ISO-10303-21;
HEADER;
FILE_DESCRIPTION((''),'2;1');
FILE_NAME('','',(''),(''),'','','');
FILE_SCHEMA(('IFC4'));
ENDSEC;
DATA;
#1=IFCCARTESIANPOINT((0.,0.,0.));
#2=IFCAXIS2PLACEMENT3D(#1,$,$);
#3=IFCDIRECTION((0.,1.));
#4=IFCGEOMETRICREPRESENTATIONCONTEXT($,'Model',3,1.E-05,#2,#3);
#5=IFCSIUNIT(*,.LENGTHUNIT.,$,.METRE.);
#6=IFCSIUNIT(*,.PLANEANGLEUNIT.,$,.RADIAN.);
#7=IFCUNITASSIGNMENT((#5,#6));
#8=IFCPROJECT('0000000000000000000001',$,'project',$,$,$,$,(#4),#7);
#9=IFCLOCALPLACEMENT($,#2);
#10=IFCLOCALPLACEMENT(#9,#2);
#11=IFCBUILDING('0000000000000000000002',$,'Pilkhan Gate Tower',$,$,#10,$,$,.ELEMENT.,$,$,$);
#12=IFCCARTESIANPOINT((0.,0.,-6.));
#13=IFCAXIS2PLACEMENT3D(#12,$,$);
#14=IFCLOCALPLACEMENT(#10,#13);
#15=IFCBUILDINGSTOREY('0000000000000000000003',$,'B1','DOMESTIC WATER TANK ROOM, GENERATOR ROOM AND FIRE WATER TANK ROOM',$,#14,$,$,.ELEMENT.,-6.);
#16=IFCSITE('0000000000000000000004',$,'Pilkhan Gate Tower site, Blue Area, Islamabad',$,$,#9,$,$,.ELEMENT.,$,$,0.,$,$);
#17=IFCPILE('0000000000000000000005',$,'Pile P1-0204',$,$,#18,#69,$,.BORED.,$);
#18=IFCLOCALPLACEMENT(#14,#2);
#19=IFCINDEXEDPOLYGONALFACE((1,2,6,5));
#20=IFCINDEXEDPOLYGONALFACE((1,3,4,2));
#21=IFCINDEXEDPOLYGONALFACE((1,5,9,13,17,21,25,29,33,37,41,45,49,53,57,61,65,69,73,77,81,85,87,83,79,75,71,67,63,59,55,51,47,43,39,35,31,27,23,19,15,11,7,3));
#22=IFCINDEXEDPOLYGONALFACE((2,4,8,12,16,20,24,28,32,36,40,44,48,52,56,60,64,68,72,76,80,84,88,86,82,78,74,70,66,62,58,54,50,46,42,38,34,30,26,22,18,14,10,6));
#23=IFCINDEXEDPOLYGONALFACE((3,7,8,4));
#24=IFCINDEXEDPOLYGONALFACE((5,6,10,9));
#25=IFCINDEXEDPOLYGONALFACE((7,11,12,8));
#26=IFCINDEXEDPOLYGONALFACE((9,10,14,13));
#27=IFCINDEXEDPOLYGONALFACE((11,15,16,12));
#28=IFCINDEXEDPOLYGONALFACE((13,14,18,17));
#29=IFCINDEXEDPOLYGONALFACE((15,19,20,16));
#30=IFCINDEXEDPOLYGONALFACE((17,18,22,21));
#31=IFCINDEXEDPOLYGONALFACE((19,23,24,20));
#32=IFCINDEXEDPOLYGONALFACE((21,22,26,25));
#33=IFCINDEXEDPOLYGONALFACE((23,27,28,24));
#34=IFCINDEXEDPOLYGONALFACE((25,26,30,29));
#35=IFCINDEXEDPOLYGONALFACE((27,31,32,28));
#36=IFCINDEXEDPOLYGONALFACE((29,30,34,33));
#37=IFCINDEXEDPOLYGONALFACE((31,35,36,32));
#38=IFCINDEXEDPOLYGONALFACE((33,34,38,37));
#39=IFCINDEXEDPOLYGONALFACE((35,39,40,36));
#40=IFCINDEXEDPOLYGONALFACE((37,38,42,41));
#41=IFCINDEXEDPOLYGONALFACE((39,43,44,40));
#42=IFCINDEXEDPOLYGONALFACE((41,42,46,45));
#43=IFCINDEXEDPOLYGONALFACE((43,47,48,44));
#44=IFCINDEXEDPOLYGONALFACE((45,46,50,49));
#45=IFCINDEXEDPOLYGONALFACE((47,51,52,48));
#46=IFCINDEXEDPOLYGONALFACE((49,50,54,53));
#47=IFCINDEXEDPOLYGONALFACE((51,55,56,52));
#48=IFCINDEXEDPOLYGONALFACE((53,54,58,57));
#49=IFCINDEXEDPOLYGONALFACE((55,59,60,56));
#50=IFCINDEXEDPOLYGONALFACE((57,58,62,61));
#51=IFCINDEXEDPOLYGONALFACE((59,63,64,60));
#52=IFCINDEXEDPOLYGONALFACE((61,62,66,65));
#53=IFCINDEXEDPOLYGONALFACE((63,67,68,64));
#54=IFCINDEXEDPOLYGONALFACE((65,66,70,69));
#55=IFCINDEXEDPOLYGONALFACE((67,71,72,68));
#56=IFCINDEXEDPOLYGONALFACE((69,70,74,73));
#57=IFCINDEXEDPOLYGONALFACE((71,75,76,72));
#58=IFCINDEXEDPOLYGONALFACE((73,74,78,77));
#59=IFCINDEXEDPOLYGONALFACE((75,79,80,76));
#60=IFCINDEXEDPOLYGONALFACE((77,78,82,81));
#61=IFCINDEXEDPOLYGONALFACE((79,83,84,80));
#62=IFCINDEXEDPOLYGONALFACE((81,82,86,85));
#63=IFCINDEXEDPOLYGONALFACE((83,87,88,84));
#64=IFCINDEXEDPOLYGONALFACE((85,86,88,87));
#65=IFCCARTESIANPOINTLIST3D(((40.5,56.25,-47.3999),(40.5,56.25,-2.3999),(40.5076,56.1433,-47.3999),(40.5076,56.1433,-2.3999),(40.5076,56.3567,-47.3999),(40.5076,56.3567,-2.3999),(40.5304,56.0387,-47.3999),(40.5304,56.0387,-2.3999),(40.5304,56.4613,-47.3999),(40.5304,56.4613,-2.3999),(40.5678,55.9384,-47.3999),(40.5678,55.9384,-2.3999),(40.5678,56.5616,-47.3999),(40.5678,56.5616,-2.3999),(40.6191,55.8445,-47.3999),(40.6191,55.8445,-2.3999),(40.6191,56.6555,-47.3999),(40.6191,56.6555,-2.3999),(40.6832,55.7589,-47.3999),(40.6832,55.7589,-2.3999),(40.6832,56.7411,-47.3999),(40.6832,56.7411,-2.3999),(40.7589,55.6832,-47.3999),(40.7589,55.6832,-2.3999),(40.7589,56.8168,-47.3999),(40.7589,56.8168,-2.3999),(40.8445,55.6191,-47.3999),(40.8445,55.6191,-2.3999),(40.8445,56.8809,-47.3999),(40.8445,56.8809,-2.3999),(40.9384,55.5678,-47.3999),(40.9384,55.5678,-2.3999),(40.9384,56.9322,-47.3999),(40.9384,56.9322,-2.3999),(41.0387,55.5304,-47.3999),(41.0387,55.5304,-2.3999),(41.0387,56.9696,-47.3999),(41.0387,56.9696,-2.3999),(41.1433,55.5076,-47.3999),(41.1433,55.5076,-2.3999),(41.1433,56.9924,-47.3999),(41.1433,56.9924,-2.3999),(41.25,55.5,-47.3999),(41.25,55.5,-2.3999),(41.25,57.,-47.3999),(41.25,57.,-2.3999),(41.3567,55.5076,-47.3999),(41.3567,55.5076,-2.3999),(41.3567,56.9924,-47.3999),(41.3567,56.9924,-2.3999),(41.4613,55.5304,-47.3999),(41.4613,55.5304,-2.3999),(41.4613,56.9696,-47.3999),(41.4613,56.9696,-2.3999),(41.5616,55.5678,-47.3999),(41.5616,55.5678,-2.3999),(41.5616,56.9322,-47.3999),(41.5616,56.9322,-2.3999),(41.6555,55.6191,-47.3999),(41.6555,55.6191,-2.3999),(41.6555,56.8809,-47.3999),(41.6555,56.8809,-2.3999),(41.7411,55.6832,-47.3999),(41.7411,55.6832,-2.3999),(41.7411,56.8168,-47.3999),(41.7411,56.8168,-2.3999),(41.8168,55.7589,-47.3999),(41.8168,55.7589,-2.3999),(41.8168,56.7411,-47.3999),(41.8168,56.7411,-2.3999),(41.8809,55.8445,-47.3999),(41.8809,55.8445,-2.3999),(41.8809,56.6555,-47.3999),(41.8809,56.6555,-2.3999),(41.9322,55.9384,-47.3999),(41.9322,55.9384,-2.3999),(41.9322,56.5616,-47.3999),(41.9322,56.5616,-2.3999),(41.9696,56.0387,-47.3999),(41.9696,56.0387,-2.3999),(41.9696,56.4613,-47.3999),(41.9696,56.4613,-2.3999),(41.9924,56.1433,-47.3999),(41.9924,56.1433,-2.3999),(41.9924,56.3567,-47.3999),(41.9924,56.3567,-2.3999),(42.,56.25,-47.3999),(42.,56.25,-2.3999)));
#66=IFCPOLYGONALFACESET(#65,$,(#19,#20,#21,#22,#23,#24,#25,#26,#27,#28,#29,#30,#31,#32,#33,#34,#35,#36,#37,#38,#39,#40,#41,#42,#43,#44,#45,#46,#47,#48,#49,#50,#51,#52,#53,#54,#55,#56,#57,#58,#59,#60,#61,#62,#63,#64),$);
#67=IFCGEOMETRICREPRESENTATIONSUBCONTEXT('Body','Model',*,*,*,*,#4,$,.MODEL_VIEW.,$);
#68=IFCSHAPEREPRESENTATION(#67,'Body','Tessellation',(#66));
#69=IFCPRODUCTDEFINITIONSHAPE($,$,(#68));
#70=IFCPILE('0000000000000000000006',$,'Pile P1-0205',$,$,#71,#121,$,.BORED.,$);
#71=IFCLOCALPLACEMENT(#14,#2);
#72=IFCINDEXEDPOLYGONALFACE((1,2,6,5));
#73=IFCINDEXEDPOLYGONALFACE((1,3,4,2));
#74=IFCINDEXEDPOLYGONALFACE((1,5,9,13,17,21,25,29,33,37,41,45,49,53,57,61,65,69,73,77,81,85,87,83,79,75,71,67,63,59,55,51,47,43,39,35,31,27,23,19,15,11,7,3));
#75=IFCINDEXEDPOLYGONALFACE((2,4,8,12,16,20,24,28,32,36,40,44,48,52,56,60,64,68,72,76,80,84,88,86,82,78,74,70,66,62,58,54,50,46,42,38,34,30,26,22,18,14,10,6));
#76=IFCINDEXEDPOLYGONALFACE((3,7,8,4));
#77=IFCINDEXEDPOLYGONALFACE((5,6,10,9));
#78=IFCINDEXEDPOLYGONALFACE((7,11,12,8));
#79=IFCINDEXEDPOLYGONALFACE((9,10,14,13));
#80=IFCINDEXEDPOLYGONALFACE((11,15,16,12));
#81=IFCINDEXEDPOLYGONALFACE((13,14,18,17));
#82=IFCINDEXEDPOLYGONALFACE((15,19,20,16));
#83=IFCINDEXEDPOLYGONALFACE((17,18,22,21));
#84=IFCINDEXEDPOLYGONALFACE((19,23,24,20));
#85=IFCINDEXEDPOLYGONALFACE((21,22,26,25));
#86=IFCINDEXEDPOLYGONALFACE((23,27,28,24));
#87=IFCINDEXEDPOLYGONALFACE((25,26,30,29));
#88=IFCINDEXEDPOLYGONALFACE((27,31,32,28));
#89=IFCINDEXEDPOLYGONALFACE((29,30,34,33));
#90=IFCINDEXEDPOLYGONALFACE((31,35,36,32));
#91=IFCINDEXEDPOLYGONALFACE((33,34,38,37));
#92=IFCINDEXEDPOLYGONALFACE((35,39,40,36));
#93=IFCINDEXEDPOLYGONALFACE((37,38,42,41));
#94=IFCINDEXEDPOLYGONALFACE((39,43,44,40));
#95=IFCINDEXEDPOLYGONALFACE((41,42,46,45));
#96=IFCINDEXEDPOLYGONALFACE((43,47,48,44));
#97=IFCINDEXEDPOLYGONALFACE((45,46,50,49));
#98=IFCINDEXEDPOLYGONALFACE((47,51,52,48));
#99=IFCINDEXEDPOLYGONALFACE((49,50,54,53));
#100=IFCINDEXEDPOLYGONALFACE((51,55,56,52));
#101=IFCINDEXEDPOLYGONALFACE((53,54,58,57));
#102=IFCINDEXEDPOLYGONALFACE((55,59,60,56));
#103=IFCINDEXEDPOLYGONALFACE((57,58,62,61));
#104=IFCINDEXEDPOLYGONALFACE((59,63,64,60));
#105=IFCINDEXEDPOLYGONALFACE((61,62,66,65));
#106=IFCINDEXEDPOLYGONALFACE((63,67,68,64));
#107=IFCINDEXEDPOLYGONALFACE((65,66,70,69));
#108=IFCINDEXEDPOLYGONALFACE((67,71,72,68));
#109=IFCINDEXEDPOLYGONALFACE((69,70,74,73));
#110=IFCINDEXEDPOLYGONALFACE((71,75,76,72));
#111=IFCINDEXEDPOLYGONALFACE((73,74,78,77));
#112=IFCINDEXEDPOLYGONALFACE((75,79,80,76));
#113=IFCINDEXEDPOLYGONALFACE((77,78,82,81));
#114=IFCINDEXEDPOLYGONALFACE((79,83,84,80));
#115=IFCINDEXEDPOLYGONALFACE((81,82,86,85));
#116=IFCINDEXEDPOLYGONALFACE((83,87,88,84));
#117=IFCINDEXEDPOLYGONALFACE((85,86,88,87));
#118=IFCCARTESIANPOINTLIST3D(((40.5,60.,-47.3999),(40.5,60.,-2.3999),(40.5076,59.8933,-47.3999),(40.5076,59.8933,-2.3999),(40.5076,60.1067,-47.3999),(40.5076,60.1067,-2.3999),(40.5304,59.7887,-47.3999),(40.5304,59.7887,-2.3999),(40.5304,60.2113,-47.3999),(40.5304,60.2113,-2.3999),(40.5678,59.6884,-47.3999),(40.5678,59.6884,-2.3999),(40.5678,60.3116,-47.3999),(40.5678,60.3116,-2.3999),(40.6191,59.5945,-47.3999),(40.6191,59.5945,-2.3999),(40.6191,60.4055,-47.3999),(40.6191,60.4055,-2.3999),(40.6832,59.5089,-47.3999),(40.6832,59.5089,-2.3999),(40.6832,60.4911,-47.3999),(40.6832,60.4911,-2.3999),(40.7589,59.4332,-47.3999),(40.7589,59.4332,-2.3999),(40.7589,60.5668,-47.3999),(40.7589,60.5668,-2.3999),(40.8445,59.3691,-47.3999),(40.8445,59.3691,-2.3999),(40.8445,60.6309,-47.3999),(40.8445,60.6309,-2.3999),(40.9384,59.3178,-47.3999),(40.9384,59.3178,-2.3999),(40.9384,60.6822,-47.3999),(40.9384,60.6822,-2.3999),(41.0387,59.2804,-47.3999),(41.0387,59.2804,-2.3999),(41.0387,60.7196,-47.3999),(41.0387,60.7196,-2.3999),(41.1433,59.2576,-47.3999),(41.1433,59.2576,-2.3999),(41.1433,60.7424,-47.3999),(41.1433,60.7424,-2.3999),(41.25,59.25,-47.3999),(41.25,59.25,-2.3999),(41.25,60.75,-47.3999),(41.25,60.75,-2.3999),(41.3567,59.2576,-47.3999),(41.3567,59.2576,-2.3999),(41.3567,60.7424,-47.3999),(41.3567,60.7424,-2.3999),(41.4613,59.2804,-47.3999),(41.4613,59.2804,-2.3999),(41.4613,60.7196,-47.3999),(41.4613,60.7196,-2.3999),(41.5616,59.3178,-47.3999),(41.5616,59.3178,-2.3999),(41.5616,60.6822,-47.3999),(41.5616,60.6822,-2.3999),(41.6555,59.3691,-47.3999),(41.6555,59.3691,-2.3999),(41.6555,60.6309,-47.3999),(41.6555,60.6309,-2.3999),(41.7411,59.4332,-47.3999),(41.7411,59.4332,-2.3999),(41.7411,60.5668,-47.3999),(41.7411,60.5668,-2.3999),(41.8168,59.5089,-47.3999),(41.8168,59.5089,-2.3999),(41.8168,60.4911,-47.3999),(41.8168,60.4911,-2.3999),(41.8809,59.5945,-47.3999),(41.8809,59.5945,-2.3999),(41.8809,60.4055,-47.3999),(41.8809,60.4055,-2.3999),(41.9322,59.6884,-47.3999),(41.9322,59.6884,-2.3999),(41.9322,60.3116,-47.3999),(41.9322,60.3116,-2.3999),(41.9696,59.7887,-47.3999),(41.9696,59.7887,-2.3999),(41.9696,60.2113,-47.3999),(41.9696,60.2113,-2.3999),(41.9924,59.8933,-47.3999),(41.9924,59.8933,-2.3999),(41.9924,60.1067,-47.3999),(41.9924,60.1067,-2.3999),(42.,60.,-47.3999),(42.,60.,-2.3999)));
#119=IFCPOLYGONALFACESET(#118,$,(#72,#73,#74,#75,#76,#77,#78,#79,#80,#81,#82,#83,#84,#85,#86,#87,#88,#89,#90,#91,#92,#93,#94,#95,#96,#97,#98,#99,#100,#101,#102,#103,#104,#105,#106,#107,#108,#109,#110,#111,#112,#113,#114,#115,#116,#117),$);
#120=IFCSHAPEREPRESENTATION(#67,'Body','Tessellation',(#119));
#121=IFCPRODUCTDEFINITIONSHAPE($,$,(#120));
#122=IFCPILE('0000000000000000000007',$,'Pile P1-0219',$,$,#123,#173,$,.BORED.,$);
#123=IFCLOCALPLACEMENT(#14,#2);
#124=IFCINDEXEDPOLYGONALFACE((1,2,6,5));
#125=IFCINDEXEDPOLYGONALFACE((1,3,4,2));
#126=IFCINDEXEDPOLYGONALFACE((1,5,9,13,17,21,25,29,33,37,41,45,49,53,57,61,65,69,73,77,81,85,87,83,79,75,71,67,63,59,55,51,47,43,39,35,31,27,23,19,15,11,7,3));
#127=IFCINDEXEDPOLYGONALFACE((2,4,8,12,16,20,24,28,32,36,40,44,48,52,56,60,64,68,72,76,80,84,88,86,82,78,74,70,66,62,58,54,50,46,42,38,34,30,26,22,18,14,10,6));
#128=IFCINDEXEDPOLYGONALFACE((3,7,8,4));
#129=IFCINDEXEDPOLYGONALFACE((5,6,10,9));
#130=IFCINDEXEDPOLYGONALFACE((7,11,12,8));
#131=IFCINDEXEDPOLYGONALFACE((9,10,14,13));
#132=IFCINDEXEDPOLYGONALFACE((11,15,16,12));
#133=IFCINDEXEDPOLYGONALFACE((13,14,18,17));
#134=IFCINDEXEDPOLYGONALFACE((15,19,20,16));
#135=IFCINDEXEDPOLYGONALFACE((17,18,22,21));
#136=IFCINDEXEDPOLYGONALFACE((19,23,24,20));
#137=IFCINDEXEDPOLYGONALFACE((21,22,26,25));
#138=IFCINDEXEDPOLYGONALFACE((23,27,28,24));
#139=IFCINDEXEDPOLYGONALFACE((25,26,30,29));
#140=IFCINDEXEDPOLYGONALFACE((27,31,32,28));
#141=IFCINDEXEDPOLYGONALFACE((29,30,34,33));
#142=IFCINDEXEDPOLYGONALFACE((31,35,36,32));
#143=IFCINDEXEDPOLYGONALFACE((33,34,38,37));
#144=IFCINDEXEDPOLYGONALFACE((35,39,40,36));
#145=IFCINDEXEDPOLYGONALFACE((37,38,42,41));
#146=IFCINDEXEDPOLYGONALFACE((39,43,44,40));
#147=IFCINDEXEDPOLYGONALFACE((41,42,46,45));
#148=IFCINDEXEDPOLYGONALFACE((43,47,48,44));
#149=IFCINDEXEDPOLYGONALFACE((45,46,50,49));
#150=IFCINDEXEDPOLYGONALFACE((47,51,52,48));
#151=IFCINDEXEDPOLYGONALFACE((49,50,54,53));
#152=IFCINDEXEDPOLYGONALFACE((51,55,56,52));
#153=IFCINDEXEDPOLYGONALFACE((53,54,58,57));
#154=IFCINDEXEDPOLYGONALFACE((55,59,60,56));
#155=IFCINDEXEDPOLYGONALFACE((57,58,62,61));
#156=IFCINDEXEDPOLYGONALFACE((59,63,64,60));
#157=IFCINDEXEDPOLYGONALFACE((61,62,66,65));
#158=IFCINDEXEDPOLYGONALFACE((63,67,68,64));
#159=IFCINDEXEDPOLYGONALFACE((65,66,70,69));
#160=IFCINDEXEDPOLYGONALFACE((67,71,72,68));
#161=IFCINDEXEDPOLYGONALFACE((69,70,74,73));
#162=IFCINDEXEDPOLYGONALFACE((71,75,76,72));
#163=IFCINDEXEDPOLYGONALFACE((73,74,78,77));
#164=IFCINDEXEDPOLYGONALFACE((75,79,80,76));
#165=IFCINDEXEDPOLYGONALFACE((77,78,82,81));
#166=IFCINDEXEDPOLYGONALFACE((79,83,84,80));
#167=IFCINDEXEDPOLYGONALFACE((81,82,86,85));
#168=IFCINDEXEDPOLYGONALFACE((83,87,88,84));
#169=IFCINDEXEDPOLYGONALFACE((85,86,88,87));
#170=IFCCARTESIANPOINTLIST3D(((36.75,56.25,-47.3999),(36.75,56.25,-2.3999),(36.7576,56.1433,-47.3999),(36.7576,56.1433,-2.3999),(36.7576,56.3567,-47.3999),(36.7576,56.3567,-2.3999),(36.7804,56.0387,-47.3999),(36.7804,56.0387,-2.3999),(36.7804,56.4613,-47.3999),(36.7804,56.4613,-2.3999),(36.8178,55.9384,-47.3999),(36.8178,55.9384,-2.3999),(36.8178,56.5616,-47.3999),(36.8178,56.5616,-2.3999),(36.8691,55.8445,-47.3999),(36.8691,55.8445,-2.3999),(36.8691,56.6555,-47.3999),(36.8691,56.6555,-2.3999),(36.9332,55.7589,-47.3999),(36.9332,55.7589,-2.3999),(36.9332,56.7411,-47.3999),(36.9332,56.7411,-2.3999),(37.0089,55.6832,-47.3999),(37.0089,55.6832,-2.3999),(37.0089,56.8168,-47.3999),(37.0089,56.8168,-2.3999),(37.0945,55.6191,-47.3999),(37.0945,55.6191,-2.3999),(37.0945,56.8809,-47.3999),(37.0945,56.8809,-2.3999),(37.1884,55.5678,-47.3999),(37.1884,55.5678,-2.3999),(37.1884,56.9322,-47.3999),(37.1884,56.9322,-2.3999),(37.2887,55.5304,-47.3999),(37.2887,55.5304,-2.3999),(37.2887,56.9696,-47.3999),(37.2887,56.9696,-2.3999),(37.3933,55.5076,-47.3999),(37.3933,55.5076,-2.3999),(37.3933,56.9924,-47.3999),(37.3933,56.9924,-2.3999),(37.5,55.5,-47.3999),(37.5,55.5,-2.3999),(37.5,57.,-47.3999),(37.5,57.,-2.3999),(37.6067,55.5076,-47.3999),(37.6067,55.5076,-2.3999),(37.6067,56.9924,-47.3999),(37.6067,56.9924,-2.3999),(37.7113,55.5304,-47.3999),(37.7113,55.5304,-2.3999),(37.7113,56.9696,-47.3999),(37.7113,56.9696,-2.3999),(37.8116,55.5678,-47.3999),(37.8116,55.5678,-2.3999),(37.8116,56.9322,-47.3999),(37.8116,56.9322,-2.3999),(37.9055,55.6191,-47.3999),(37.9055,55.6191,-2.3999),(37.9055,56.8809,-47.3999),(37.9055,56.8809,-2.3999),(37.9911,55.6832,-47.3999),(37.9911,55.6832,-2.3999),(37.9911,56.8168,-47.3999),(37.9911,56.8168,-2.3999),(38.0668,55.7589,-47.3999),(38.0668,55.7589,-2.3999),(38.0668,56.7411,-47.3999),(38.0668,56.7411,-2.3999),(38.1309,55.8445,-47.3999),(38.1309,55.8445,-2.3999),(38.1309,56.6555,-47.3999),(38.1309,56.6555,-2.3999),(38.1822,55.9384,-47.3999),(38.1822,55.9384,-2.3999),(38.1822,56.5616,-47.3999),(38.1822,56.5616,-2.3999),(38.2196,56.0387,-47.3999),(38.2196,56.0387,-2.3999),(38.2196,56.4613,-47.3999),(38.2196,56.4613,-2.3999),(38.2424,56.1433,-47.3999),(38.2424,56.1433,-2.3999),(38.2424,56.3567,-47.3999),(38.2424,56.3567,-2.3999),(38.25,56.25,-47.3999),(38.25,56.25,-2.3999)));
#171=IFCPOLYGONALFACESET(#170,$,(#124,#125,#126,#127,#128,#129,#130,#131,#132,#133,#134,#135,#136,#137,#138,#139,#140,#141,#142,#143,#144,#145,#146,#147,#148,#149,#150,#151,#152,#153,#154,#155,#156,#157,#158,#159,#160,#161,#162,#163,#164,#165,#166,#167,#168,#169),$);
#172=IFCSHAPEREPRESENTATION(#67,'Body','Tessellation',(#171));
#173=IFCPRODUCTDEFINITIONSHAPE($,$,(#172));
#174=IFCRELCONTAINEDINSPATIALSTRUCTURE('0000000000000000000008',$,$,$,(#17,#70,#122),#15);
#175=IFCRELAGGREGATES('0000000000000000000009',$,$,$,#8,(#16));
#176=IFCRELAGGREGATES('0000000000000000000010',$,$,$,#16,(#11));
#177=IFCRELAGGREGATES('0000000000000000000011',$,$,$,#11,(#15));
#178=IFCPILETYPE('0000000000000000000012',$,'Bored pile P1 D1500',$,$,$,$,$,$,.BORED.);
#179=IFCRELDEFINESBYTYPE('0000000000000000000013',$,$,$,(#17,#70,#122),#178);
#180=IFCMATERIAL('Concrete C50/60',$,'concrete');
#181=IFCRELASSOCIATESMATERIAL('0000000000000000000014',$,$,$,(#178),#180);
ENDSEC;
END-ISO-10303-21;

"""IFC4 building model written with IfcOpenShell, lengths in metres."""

from ifc_helpers import new_model, si_unit, direction, frame, origin, origin_2d, place, context, subcontext, project, spatial, circle, extrude, material, material_profile, profile_set, type_object, element, save


model = new_model("IFC4")

# Units and contexts
model_context = context("Model", 3, precision=1e-05, world=origin(), true_north=direction((0.0, 1.0)))
body_context = subcontext(model_context, "Body", "Model", "MODEL_VIEW")
ifc_project = project(units=[si_unit("LENGTHUNIT", "METRE"), si_unit("PLANEANGLEUNIT", "RADIAN")], contexts=[model_context])

# Site, building, storey
site_placement = place(None, origin())
site = spatial("IfcSite", under=ifc_project, at=site_placement, Name="Pilkhan Gate Tower site, Blue Area, Islamabad", CompositionType="ELEMENT", RefElevation=0.0)
building_placement = place(site_placement, origin())
building = spatial("IfcBuilding", under=site, at=building_placement, Name="Pilkhan Gate Tower", CompositionType="ELEMENT")
storey_placement = place(building_placement, frame((0.0, 0.0, -6.0)))
storey = spatial("IfcBuildingStorey", under=building, at=storey_placement, Name="B1", Description="DOMESTIC WATER TANK ROOM, GENERATOR ROOM AND FIRE WATER TANK ROOM", CompositionType="ELEMENT", Elevation=-6.0)

# Piles
ifc_material_1 = material(Name="Concrete C50/60", Category="concrete")
ifc_material_profile_1 = material_profile(ifc_material_1, circle(Radius=0.75, at=origin_2d()), Name="Bored pile 1500 dia")
ifc_profile_set_1 = profile_set([ifc_material_profile_1], Name="Concrete C50/60")
pile_type = type_object("IfcPileType", Name="Bored pile P1 D1500", PredefinedType="BORED", material=ifc_profile_set_1)
for number, where, z_axis, x_axis, name in (
    (1, (41.25, 56.25, -2.3999), (0.0, 0.0, -1.0), (1.0, 0.0, 0.0), "Pile P1-0204"),
    (2, (41.25, 60.0, -2.3999), (0.0, 0.0, -1.0), (1.0, 0.0, 0.0), "Pile P1-0205"),
    (3, (37.5, 56.25, -2.3999), (0.0, 0.0, -1.0), (1.0, 0.0, 0.0), "Pile P1-0219"),
):
    element("IfcPile", number, at=place(storey_placement, frame(where, z_axis=z_axis, x_axis=x_axis)), inside=storey, type_object=pile_type, Name=name, PredefinedType="BORED", context=body_context, shape_type="SweptSolid", body=[
        extrude(circle(Radius=0.75, at=origin_2d()), origin(), (0.0, 0.0, 1.0), 45.0),
    ])

save(model, "model.ifc")
